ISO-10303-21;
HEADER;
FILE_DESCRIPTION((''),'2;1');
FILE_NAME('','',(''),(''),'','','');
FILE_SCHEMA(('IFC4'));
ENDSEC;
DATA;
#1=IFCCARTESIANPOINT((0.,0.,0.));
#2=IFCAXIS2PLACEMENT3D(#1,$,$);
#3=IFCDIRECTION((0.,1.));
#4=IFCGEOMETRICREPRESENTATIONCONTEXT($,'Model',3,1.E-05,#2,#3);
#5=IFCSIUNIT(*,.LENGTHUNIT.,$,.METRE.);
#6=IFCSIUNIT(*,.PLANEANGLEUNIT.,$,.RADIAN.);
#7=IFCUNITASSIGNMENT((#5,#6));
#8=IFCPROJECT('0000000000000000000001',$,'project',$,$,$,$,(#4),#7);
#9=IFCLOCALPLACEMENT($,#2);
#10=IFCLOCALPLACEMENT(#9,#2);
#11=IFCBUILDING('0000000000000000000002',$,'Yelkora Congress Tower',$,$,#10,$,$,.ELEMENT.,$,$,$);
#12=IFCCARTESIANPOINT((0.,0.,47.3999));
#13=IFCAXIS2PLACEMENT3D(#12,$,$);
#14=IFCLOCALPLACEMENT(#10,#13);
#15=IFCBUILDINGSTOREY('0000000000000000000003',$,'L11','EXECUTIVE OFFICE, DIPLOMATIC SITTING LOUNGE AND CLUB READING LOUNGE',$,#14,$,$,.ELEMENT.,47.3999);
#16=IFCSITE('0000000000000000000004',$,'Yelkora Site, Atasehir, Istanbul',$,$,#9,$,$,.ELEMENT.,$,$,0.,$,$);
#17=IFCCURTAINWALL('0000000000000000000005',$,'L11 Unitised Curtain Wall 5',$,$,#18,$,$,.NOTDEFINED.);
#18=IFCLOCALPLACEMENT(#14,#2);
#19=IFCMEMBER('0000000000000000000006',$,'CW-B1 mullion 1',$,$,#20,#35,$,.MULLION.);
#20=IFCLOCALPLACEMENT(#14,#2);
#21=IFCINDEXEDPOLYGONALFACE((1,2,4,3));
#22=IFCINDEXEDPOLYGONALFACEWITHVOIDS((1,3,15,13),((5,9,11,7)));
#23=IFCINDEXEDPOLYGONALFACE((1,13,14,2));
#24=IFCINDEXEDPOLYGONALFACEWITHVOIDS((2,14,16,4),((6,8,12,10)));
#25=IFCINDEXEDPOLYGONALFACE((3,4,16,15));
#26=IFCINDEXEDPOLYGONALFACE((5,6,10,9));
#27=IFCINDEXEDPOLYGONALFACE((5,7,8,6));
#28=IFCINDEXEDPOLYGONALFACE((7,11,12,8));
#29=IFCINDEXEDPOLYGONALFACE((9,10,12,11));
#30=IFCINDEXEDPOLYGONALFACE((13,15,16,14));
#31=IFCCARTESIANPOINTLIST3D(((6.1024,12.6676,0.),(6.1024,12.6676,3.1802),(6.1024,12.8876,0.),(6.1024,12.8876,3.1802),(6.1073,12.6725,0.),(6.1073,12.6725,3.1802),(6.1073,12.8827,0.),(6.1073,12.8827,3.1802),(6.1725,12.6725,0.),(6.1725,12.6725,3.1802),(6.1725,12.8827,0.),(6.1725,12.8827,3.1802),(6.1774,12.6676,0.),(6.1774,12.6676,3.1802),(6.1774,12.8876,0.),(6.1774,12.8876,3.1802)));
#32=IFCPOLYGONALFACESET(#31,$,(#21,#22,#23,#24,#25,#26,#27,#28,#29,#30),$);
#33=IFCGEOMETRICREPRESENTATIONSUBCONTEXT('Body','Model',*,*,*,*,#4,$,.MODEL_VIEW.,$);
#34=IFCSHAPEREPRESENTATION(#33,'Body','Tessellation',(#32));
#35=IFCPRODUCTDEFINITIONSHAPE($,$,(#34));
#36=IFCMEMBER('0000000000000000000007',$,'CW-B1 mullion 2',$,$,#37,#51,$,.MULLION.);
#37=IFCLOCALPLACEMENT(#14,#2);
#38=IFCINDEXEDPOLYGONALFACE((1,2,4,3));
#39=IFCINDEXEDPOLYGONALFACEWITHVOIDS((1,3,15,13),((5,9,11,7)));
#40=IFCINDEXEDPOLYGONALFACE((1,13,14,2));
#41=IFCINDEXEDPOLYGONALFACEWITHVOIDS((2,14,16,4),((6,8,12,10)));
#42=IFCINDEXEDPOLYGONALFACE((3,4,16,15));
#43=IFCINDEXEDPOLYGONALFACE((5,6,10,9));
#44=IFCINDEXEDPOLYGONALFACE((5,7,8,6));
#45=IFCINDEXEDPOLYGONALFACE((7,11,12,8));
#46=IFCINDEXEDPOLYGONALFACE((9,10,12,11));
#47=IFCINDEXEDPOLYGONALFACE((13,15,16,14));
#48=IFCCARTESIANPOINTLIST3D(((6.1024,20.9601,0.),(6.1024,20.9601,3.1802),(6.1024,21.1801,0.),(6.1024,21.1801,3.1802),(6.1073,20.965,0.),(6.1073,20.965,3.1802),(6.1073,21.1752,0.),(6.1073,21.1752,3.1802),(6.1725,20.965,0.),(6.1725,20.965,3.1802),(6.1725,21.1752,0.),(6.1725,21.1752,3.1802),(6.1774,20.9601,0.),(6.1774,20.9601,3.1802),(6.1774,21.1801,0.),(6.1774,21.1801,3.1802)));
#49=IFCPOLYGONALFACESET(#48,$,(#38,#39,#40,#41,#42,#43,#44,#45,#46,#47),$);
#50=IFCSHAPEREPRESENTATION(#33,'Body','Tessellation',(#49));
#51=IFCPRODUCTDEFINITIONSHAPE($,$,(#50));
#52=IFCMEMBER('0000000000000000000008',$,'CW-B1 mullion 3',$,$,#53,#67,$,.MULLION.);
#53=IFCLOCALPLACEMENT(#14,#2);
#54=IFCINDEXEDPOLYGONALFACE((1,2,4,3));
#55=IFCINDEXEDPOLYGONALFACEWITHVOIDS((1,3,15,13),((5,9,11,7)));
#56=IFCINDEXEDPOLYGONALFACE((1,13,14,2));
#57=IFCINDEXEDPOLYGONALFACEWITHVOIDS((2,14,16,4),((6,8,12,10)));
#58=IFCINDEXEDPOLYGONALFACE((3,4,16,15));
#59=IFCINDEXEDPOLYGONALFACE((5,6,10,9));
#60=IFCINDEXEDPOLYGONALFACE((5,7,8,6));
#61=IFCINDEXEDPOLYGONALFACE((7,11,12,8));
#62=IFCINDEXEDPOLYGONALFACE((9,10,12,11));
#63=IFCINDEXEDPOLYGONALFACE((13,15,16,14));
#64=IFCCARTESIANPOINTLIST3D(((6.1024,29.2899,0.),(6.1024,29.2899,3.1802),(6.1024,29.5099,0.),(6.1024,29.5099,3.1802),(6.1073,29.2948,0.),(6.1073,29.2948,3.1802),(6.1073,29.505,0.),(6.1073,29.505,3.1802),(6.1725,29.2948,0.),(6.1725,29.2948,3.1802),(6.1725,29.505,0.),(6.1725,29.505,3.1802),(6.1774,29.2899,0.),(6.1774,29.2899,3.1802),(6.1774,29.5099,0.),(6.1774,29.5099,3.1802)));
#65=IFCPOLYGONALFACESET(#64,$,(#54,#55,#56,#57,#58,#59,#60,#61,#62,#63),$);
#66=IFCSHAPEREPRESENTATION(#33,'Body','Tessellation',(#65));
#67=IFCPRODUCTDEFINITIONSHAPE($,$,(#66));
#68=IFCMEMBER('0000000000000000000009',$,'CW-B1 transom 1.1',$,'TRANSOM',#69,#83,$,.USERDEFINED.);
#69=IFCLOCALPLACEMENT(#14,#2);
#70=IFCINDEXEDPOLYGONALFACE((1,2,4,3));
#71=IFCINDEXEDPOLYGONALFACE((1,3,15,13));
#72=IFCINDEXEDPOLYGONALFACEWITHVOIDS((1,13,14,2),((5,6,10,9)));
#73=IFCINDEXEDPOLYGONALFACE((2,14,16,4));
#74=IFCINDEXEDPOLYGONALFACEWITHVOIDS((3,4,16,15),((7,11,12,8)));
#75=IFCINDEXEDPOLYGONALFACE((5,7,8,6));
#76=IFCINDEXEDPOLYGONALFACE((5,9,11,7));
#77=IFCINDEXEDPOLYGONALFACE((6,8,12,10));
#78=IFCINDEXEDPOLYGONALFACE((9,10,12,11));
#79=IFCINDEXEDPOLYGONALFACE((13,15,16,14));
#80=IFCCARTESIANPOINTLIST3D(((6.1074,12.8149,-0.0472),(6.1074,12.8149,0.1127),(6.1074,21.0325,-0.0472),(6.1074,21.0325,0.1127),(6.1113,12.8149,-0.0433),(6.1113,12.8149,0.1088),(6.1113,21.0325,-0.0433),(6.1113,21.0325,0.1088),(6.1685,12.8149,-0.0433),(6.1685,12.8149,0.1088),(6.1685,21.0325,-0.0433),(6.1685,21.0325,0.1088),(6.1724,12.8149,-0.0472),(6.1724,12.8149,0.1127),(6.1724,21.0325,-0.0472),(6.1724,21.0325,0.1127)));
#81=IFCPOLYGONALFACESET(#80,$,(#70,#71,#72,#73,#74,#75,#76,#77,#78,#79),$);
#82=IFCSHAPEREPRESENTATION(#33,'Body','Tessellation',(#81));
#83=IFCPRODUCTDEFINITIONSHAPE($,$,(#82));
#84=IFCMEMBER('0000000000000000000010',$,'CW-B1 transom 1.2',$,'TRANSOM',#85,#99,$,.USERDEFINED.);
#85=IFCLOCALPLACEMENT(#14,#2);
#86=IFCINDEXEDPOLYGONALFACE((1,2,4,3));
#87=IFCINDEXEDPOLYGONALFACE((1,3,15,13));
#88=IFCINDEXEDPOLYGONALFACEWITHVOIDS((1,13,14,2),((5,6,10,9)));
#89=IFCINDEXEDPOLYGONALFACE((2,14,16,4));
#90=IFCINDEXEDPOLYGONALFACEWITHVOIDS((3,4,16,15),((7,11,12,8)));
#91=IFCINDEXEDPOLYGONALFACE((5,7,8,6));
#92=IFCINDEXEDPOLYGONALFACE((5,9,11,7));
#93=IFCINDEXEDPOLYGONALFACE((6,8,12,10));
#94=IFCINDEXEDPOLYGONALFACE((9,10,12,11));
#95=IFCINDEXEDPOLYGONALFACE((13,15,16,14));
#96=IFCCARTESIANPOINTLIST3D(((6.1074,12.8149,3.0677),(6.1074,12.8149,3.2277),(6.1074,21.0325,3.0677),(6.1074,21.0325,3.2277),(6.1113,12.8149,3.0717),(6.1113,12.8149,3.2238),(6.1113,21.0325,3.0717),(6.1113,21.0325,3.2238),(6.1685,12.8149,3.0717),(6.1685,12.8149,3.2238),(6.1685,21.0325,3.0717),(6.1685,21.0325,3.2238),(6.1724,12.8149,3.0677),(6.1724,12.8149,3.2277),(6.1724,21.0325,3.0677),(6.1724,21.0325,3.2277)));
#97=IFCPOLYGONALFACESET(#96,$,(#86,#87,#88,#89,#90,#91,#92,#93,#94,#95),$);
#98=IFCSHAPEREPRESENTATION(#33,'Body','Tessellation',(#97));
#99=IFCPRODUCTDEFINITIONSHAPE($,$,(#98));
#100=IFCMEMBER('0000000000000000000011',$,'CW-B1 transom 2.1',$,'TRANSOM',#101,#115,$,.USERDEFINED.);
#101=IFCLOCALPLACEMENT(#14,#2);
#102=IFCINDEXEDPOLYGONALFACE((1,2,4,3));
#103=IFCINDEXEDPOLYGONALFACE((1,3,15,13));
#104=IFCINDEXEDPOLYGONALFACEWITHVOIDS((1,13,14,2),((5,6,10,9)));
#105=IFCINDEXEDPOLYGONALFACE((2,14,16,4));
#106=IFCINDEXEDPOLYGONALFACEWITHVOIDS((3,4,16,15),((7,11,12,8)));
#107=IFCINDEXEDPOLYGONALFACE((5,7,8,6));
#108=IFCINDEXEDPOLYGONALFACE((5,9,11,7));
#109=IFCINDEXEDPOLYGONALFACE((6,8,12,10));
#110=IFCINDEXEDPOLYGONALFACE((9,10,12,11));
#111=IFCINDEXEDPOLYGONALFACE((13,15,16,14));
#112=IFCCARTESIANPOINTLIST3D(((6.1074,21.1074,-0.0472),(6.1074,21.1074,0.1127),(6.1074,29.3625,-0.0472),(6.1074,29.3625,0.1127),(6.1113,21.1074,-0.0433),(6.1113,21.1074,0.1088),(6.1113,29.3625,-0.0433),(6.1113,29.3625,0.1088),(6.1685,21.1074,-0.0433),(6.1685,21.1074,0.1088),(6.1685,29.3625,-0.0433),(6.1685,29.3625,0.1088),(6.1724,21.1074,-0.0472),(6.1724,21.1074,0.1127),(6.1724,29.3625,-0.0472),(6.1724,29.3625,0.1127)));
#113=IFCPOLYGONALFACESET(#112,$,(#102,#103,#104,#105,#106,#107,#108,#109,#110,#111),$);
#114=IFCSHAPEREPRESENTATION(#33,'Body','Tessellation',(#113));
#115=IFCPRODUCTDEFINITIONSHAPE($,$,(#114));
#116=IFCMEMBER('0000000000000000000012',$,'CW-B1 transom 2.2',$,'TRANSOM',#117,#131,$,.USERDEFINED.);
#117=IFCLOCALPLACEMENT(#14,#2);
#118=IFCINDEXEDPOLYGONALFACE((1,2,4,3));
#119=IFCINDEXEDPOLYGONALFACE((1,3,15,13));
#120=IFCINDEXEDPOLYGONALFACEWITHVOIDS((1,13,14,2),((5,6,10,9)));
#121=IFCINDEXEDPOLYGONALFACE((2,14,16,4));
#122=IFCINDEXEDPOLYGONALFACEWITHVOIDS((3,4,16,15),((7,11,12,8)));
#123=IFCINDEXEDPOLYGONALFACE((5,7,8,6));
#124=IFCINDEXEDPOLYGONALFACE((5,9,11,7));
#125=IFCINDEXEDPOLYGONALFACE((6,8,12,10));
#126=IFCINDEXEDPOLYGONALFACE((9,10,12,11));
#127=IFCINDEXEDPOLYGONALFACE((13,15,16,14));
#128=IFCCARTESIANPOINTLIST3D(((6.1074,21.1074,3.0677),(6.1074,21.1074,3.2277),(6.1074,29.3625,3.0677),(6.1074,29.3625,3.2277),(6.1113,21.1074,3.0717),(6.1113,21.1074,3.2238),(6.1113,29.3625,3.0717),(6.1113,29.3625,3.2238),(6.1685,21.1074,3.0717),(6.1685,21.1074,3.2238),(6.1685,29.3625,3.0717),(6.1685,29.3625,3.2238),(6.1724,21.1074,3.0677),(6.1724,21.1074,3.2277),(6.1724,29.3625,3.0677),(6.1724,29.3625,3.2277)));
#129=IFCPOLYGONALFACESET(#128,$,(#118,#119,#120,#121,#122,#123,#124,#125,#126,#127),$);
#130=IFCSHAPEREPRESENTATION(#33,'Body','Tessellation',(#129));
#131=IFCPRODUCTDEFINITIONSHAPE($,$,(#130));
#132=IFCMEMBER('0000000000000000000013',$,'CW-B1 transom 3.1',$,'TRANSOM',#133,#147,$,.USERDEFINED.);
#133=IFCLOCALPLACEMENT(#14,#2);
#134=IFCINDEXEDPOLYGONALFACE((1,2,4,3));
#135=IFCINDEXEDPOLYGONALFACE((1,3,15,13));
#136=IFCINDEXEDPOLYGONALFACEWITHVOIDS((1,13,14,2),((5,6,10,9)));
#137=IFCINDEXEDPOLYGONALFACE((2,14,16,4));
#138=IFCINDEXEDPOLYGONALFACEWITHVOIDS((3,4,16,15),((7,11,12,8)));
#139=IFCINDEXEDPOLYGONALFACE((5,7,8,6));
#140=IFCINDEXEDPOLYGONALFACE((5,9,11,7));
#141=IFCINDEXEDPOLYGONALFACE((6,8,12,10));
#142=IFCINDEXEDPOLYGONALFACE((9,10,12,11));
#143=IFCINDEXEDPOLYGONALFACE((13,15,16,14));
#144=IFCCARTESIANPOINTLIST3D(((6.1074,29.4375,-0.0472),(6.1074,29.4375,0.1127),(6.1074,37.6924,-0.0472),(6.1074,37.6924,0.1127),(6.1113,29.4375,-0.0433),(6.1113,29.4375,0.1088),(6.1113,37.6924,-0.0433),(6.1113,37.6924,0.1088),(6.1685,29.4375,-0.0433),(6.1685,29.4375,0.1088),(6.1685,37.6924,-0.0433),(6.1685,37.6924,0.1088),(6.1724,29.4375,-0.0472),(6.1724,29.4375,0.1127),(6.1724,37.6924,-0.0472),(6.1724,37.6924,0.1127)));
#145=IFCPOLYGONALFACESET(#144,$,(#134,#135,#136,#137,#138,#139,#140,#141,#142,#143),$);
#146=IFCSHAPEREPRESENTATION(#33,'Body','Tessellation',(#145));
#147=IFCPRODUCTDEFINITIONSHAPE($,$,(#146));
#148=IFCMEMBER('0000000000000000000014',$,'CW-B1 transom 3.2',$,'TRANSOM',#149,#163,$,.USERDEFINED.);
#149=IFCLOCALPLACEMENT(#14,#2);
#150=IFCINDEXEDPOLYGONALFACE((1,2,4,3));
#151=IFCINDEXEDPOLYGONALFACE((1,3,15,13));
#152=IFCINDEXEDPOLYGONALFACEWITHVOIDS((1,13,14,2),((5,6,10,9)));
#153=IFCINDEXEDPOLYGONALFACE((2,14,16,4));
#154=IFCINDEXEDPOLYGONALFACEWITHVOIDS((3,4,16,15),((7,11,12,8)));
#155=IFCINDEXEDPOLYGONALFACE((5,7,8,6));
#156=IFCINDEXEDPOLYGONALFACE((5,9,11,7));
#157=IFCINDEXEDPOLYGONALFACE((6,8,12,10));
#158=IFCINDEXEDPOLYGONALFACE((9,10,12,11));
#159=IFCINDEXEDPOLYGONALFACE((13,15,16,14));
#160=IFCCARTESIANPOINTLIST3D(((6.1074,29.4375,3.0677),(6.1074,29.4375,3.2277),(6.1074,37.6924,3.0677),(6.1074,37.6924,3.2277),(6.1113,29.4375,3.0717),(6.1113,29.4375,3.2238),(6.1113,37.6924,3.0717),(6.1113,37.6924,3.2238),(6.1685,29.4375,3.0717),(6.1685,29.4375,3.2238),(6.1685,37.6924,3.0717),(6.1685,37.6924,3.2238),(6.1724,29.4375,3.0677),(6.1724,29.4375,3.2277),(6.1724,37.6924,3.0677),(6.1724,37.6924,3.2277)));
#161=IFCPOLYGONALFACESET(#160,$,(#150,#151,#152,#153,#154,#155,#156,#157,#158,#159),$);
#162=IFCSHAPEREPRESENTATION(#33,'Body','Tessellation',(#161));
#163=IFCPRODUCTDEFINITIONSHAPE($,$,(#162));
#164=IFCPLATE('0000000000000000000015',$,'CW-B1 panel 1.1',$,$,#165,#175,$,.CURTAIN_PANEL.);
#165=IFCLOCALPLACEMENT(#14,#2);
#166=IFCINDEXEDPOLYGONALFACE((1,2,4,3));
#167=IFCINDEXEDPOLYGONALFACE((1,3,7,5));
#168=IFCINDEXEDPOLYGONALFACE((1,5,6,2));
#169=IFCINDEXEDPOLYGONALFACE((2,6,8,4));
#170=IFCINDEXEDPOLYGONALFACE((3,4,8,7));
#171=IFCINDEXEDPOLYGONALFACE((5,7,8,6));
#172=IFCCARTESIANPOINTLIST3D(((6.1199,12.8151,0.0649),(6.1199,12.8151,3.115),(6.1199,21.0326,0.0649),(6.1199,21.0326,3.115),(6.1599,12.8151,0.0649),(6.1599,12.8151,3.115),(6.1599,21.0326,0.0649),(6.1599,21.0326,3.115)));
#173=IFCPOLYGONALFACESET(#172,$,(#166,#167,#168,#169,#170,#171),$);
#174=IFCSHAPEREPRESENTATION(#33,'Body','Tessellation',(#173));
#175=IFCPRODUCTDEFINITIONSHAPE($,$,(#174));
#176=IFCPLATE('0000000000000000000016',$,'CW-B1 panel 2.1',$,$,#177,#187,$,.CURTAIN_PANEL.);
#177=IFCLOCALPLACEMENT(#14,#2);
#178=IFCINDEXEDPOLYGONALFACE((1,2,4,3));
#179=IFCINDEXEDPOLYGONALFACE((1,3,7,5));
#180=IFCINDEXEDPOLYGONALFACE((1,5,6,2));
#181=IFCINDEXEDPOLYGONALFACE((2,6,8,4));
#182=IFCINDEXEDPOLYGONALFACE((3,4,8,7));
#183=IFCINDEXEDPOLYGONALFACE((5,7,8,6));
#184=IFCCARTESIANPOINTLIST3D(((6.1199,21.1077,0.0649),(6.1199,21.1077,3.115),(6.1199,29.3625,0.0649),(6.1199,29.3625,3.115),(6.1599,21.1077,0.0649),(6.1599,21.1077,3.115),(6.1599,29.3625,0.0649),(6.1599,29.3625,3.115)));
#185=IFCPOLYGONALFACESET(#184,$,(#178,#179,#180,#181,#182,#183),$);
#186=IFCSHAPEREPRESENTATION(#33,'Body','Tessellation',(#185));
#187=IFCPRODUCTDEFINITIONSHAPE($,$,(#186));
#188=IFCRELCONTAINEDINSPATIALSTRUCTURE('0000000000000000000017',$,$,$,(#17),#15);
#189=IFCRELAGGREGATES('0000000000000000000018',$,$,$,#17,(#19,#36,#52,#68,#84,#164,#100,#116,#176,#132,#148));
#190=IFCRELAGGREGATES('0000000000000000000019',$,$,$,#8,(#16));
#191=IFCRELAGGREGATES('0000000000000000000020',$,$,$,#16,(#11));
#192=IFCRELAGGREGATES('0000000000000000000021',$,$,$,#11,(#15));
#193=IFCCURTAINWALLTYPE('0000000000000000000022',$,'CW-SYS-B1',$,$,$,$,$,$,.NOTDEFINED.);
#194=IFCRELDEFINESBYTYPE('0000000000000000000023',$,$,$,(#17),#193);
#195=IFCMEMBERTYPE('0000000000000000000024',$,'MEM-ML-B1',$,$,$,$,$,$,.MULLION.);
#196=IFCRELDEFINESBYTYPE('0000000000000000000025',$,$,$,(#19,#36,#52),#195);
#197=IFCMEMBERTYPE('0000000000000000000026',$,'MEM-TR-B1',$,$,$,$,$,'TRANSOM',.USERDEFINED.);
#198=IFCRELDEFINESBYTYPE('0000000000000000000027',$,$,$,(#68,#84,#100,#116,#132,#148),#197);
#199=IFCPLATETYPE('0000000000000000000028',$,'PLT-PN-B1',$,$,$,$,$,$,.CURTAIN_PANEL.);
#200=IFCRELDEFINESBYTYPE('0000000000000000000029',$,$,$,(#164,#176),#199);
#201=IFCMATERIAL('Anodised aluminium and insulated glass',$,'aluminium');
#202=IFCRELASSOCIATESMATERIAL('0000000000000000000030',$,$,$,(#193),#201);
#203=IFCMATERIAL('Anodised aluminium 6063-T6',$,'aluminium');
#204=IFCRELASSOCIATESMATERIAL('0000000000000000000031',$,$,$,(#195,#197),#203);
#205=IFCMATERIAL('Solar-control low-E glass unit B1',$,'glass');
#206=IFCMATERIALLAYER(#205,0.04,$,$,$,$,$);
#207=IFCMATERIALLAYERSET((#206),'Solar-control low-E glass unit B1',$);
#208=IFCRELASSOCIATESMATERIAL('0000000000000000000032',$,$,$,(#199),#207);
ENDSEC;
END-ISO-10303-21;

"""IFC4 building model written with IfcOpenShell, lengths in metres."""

from ifc_helpers import new_model, si_unit, direction, frame, origin, origin_2d, place, context, subcontext, project, spatial, rectangle, hollow_rectangle, extrude, material, layer, layer_set, material_profile, profile_set, type_object, element, aggregate, save


model = new_model("IFC4")

# Units and contexts
model_context = context("Model", 3, precision=1e-05, world=origin(), true_north=direction((0.0, 1.0)))
body_context = subcontext(model_context, "Body", "Model", "MODEL_VIEW")
ifc_project = project(units=[si_unit("LENGTHUNIT", "METRE"), si_unit("PLANEANGLEUNIT", "RADIAN")], contexts=[model_context])

# Site, building, storey
site_placement = place(None, origin())
site = spatial("IfcSite", under=ifc_project, at=site_placement, Name="Yelkora Site, Atasehir, Istanbul", CompositionType="ELEMENT", RefElevation=0.0)
building_placement = place(site_placement, origin())
building = spatial("IfcBuilding", under=site, at=building_placement, Name="Yelkora Congress Tower", CompositionType="ELEMENT")
storey_placement = place(building_placement, frame((0.0, 0.0, 47.3999)))
storey = spatial("IfcBuildingStorey", under=building, at=storey_placement, Name="L11", Description="EXECUTIVE OFFICE, DIPLOMATIC SITTING LOUNGE AND CLUB READING LOUNGE", CompositionType="ELEMENT", Elevation=47.3999)

# Curtain wall, members, plates
ifc_material_1 = material(Name="Anodised aluminium and insulated glass", Category="aluminium")
curtain_wall_type = type_object("IfcCurtainWallType", Name="CW-SYS-B1", PredefinedType="NOTDEFINED", material=ifc_material_1)
curtain_wall_placement = place(storey_placement, origin())
curtain_wall = element("IfcCurtainWall", 1, at=curtain_wall_placement, inside=storey, type_object=curtain_wall_type, Name="L11 Unitised Curtain Wall 5", PredefinedType="NOTDEFINED")
ifc_material_2 = material(Name="Anodised aluminium 6063-T6", Category="aluminium")
ifc_material_profile_1 = material_profile(ifc_material_2, hollow_rectangle(XDim=0.075, YDim=0.22, WallThickness=0.0049, at=origin_2d()), Name="ALU 75x220x5")
ifc_profile_set_1 = profile_set([ifc_material_profile_1], Name="Anodised aluminium 6063-T6")
member_type_1 = type_object("IfcMemberType", Name="MEM-ML-B1", PredefinedType="MULLION", material=ifc_profile_set_1)
member_1_placement = place(storey_placement, frame((6.1399, 12.7776, 0.0), z_axis=(0.0, 0.0, 1.0), x_axis=(-1.0, 0.0, 0.0)))
member_1 = element("IfcMember", 2, at=member_1_placement, type_object=member_type_1, Name="CW-B1 mullion 1", PredefinedType="MULLION", context=body_context, shape_type="SweptSolid", body=[
    extrude(hollow_rectangle(XDim=0.075, YDim=0.22, WallThickness=0.0049, at=origin_2d()), origin(), (0.0, 0.0, 1.0), 3.1802),
])
member_2_placement = place(storey_placement, frame((6.1399, 21.0701, 0.0), z_axis=(0.0, 0.0, 1.0), x_axis=(-1.0, 0.0, 0.0)))
member_2 = element("IfcMember", 3, at=member_2_placement, type_object=member_type_1, Name="CW-B1 mullion 2", PredefinedType="MULLION", context=body_context, shape_type="SweptSolid", body=[
    extrude(hollow_rectangle(XDim=0.075, YDim=0.22, WallThickness=0.0049, at=origin_2d()), origin(), (0.0, 0.0, 1.0), 3.1802),
])
member_3_placement = place(storey_placement, frame((6.1399, 29.3999, 0.0), z_axis=(0.0, 0.0, 1.0), x_axis=(-1.0, 0.0, 0.0)))
member_3 = element("IfcMember", 4, at=member_3_placement, type_object=member_type_1, Name="CW-B1 mullion 3", PredefinedType="MULLION", context=body_context, shape_type="SweptSolid", body=[
    extrude(hollow_rectangle(XDim=0.075, YDim=0.22, WallThickness=0.0049, at=origin_2d()), origin(), (0.0, 0.0, 1.0), 3.1802),
])
ifc_material_profile_2 = material_profile(ifc_material_2, hollow_rectangle(XDim=0.0649, YDim=0.1599, WallThickness=0.0039, at=origin_2d()), Name="ALU 65x160x4")
ifc_profile_set_2 = profile_set([ifc_material_profile_2], Name="Anodised aluminium 6063-T6")
member_type_2 = type_object("IfcMemberType", Name="MEM-TR-B1", ElementType="TRANSOM", PredefinedType="USERDEFINED", material=ifc_profile_set_2)
member_4_placement = place(storey_placement, frame((6.1399, 12.8149, 0.0327), z_axis=(0.0, 1.0, 0.0), x_axis=(-1.0, 0.0, 0.0)))
member_4 = element("IfcMember", 5, at=member_4_placement, type_object=member_type_2, Name="CW-B1 transom 1.1", ObjectType="TRANSOM", PredefinedType="USERDEFINED", context=body_context, shape_type="SweptSolid", body=[
    extrude(hollow_rectangle(XDim=0.0649, YDim=0.1599, WallThickness=0.0039, at=origin_2d()), origin(), (0.0, 0.0, 1.0), 8.2175),
])
member_5_placement = place(storey_placement, frame((6.1399, 12.8149, 3.1477), z_axis=(0.0, 1.0, 0.0), x_axis=(-1.0, 0.0, 0.0)))
member_5 = element("IfcMember", 6, at=member_5_placement, type_object=member_type_2, Name="CW-B1 transom 1.2", ObjectType="TRANSOM", PredefinedType="USERDEFINED", context=body_context, shape_type="SweptSolid", body=[
    extrude(hollow_rectangle(XDim=0.0649, YDim=0.1599, WallThickness=0.0039, at=origin_2d()), origin(), (0.0, 0.0, 1.0), 8.2175),
])
member_6_placement = place(storey_placement, frame((6.1399, 21.1074, 0.0327), z_axis=(0.0, 1.0, 0.0), x_axis=(-1.0, 0.0, 0.0)))
member_6 = element("IfcMember", 7, at=member_6_placement, type_object=member_type_2, Name="CW-B1 transom 2.1", ObjectType="TRANSOM", PredefinedType="USERDEFINED", context=body_context, shape_type="SweptSolid", body=[
    extrude(hollow_rectangle(XDim=0.0649, YDim=0.1599, WallThickness=0.0039, at=origin_2d()), origin(), (0.0, 0.0, 1.0), 8.2551),
])
member_7_placement = place(storey_placement, frame((6.1399, 21.1074, 3.1477), z_axis=(0.0, 1.0, 0.0), x_axis=(-1.0, 0.0, 0.0)))
member_7 = element("IfcMember", 8, at=member_7_placement, type_object=member_type_2, Name="CW-B1 transom 2.2", ObjectType="TRANSOM", PredefinedType="USERDEFINED", context=body_context, shape_type="SweptSolid", body=[
    extrude(hollow_rectangle(XDim=0.0649, YDim=0.1599, WallThickness=0.0039, at=origin_2d()), origin(), (0.0, 0.0, 1.0), 8.2551),
])
member_8_placement = place(storey_placement, frame((6.1399, 29.4375, 0.0327), z_axis=(0.0, 1.0, 0.0), x_axis=(-1.0, 0.0, 0.0)))
member_8 = element("IfcMember", 9, at=member_8_placement, type_object=member_type_2, Name="CW-B1 transom 3.1", ObjectType="TRANSOM", PredefinedType="USERDEFINED", context=body_context, shape_type="SweptSolid", body=[
    extrude(hollow_rectangle(XDim=0.0649, YDim=0.1599, WallThickness=0.0039, at=origin_2d()), origin(), (0.0, 0.0, 1.0), 8.2549),
])
member_9_placement = place(storey_placement, frame((6.1399, 29.4375, 3.1477), z_axis=(0.0, 1.0, 0.0), x_axis=(-1.0, 0.0, 0.0)))
member_9 = element("IfcMember", 10, at=member_9_placement, type_object=member_type_2, Name="CW-B1 transom 3.2", ObjectType="TRANSOM", PredefinedType="USERDEFINED", context=body_context, shape_type="SweptSolid", body=[
    extrude(hollow_rectangle(XDim=0.0649, YDim=0.1599, WallThickness=0.0039, at=origin_2d()), origin(), (0.0, 0.0, 1.0), 8.2549),
])
ifc_material_3 = material(Name="Solar-control low-E glass unit B1", Category="glass")
ifc_layer_1 = layer(ifc_material_3, 0.04)
ifc_layer_set_1 = layer_set([ifc_layer_1], Name="Solar-control low-E glass unit B1")
plate_type = type_object("IfcPlateType", Name="PLT-PN-B1", PredefinedType="CURTAIN_PANEL", material=ifc_layer_set_1)
plate_1_placement = place(storey_placement, frame((6.1399, 16.9238, 0.0649), z_axis=(0.0, 0.0, 1.0), x_axis=(0.0, 1.0, 0.0)))
plate_1 = element("IfcPlate", 11, at=plate_1_placement, type_object=plate_type, Name="CW-B1 panel 1.1", PredefinedType="CURTAIN_PANEL", context=body_context, shape_type="SweptSolid", body=[
    extrude(rectangle(XDim=8.2175, YDim=0.04, at=origin_2d()), origin(), (0.0, 0.0, 1.0), 3.05),
])
plate_2_placement = place(storey_placement, frame((6.1399, 25.2351, 0.0649), z_axis=(0.0, 0.0, 1.0), x_axis=(0.0, 1.0, 0.0)))
plate_2 = element("IfcPlate", 12, at=plate_2_placement, type_object=plate_type, Name="CW-B1 panel 2.1", PredefinedType="CURTAIN_PANEL", context=body_context, shape_type="SweptSolid", body=[
    extrude(rectangle(XDim=8.2549, YDim=0.04, at=origin_2d()), origin(), (0.0, 0.0, 1.0), 3.05),
])
aggregate(curtain_wall, [member_1, member_2, member_3, member_4, member_5, plate_1, member_6, member_7, plate_2, member_8, member_9])

save(model, "model.ifc")
